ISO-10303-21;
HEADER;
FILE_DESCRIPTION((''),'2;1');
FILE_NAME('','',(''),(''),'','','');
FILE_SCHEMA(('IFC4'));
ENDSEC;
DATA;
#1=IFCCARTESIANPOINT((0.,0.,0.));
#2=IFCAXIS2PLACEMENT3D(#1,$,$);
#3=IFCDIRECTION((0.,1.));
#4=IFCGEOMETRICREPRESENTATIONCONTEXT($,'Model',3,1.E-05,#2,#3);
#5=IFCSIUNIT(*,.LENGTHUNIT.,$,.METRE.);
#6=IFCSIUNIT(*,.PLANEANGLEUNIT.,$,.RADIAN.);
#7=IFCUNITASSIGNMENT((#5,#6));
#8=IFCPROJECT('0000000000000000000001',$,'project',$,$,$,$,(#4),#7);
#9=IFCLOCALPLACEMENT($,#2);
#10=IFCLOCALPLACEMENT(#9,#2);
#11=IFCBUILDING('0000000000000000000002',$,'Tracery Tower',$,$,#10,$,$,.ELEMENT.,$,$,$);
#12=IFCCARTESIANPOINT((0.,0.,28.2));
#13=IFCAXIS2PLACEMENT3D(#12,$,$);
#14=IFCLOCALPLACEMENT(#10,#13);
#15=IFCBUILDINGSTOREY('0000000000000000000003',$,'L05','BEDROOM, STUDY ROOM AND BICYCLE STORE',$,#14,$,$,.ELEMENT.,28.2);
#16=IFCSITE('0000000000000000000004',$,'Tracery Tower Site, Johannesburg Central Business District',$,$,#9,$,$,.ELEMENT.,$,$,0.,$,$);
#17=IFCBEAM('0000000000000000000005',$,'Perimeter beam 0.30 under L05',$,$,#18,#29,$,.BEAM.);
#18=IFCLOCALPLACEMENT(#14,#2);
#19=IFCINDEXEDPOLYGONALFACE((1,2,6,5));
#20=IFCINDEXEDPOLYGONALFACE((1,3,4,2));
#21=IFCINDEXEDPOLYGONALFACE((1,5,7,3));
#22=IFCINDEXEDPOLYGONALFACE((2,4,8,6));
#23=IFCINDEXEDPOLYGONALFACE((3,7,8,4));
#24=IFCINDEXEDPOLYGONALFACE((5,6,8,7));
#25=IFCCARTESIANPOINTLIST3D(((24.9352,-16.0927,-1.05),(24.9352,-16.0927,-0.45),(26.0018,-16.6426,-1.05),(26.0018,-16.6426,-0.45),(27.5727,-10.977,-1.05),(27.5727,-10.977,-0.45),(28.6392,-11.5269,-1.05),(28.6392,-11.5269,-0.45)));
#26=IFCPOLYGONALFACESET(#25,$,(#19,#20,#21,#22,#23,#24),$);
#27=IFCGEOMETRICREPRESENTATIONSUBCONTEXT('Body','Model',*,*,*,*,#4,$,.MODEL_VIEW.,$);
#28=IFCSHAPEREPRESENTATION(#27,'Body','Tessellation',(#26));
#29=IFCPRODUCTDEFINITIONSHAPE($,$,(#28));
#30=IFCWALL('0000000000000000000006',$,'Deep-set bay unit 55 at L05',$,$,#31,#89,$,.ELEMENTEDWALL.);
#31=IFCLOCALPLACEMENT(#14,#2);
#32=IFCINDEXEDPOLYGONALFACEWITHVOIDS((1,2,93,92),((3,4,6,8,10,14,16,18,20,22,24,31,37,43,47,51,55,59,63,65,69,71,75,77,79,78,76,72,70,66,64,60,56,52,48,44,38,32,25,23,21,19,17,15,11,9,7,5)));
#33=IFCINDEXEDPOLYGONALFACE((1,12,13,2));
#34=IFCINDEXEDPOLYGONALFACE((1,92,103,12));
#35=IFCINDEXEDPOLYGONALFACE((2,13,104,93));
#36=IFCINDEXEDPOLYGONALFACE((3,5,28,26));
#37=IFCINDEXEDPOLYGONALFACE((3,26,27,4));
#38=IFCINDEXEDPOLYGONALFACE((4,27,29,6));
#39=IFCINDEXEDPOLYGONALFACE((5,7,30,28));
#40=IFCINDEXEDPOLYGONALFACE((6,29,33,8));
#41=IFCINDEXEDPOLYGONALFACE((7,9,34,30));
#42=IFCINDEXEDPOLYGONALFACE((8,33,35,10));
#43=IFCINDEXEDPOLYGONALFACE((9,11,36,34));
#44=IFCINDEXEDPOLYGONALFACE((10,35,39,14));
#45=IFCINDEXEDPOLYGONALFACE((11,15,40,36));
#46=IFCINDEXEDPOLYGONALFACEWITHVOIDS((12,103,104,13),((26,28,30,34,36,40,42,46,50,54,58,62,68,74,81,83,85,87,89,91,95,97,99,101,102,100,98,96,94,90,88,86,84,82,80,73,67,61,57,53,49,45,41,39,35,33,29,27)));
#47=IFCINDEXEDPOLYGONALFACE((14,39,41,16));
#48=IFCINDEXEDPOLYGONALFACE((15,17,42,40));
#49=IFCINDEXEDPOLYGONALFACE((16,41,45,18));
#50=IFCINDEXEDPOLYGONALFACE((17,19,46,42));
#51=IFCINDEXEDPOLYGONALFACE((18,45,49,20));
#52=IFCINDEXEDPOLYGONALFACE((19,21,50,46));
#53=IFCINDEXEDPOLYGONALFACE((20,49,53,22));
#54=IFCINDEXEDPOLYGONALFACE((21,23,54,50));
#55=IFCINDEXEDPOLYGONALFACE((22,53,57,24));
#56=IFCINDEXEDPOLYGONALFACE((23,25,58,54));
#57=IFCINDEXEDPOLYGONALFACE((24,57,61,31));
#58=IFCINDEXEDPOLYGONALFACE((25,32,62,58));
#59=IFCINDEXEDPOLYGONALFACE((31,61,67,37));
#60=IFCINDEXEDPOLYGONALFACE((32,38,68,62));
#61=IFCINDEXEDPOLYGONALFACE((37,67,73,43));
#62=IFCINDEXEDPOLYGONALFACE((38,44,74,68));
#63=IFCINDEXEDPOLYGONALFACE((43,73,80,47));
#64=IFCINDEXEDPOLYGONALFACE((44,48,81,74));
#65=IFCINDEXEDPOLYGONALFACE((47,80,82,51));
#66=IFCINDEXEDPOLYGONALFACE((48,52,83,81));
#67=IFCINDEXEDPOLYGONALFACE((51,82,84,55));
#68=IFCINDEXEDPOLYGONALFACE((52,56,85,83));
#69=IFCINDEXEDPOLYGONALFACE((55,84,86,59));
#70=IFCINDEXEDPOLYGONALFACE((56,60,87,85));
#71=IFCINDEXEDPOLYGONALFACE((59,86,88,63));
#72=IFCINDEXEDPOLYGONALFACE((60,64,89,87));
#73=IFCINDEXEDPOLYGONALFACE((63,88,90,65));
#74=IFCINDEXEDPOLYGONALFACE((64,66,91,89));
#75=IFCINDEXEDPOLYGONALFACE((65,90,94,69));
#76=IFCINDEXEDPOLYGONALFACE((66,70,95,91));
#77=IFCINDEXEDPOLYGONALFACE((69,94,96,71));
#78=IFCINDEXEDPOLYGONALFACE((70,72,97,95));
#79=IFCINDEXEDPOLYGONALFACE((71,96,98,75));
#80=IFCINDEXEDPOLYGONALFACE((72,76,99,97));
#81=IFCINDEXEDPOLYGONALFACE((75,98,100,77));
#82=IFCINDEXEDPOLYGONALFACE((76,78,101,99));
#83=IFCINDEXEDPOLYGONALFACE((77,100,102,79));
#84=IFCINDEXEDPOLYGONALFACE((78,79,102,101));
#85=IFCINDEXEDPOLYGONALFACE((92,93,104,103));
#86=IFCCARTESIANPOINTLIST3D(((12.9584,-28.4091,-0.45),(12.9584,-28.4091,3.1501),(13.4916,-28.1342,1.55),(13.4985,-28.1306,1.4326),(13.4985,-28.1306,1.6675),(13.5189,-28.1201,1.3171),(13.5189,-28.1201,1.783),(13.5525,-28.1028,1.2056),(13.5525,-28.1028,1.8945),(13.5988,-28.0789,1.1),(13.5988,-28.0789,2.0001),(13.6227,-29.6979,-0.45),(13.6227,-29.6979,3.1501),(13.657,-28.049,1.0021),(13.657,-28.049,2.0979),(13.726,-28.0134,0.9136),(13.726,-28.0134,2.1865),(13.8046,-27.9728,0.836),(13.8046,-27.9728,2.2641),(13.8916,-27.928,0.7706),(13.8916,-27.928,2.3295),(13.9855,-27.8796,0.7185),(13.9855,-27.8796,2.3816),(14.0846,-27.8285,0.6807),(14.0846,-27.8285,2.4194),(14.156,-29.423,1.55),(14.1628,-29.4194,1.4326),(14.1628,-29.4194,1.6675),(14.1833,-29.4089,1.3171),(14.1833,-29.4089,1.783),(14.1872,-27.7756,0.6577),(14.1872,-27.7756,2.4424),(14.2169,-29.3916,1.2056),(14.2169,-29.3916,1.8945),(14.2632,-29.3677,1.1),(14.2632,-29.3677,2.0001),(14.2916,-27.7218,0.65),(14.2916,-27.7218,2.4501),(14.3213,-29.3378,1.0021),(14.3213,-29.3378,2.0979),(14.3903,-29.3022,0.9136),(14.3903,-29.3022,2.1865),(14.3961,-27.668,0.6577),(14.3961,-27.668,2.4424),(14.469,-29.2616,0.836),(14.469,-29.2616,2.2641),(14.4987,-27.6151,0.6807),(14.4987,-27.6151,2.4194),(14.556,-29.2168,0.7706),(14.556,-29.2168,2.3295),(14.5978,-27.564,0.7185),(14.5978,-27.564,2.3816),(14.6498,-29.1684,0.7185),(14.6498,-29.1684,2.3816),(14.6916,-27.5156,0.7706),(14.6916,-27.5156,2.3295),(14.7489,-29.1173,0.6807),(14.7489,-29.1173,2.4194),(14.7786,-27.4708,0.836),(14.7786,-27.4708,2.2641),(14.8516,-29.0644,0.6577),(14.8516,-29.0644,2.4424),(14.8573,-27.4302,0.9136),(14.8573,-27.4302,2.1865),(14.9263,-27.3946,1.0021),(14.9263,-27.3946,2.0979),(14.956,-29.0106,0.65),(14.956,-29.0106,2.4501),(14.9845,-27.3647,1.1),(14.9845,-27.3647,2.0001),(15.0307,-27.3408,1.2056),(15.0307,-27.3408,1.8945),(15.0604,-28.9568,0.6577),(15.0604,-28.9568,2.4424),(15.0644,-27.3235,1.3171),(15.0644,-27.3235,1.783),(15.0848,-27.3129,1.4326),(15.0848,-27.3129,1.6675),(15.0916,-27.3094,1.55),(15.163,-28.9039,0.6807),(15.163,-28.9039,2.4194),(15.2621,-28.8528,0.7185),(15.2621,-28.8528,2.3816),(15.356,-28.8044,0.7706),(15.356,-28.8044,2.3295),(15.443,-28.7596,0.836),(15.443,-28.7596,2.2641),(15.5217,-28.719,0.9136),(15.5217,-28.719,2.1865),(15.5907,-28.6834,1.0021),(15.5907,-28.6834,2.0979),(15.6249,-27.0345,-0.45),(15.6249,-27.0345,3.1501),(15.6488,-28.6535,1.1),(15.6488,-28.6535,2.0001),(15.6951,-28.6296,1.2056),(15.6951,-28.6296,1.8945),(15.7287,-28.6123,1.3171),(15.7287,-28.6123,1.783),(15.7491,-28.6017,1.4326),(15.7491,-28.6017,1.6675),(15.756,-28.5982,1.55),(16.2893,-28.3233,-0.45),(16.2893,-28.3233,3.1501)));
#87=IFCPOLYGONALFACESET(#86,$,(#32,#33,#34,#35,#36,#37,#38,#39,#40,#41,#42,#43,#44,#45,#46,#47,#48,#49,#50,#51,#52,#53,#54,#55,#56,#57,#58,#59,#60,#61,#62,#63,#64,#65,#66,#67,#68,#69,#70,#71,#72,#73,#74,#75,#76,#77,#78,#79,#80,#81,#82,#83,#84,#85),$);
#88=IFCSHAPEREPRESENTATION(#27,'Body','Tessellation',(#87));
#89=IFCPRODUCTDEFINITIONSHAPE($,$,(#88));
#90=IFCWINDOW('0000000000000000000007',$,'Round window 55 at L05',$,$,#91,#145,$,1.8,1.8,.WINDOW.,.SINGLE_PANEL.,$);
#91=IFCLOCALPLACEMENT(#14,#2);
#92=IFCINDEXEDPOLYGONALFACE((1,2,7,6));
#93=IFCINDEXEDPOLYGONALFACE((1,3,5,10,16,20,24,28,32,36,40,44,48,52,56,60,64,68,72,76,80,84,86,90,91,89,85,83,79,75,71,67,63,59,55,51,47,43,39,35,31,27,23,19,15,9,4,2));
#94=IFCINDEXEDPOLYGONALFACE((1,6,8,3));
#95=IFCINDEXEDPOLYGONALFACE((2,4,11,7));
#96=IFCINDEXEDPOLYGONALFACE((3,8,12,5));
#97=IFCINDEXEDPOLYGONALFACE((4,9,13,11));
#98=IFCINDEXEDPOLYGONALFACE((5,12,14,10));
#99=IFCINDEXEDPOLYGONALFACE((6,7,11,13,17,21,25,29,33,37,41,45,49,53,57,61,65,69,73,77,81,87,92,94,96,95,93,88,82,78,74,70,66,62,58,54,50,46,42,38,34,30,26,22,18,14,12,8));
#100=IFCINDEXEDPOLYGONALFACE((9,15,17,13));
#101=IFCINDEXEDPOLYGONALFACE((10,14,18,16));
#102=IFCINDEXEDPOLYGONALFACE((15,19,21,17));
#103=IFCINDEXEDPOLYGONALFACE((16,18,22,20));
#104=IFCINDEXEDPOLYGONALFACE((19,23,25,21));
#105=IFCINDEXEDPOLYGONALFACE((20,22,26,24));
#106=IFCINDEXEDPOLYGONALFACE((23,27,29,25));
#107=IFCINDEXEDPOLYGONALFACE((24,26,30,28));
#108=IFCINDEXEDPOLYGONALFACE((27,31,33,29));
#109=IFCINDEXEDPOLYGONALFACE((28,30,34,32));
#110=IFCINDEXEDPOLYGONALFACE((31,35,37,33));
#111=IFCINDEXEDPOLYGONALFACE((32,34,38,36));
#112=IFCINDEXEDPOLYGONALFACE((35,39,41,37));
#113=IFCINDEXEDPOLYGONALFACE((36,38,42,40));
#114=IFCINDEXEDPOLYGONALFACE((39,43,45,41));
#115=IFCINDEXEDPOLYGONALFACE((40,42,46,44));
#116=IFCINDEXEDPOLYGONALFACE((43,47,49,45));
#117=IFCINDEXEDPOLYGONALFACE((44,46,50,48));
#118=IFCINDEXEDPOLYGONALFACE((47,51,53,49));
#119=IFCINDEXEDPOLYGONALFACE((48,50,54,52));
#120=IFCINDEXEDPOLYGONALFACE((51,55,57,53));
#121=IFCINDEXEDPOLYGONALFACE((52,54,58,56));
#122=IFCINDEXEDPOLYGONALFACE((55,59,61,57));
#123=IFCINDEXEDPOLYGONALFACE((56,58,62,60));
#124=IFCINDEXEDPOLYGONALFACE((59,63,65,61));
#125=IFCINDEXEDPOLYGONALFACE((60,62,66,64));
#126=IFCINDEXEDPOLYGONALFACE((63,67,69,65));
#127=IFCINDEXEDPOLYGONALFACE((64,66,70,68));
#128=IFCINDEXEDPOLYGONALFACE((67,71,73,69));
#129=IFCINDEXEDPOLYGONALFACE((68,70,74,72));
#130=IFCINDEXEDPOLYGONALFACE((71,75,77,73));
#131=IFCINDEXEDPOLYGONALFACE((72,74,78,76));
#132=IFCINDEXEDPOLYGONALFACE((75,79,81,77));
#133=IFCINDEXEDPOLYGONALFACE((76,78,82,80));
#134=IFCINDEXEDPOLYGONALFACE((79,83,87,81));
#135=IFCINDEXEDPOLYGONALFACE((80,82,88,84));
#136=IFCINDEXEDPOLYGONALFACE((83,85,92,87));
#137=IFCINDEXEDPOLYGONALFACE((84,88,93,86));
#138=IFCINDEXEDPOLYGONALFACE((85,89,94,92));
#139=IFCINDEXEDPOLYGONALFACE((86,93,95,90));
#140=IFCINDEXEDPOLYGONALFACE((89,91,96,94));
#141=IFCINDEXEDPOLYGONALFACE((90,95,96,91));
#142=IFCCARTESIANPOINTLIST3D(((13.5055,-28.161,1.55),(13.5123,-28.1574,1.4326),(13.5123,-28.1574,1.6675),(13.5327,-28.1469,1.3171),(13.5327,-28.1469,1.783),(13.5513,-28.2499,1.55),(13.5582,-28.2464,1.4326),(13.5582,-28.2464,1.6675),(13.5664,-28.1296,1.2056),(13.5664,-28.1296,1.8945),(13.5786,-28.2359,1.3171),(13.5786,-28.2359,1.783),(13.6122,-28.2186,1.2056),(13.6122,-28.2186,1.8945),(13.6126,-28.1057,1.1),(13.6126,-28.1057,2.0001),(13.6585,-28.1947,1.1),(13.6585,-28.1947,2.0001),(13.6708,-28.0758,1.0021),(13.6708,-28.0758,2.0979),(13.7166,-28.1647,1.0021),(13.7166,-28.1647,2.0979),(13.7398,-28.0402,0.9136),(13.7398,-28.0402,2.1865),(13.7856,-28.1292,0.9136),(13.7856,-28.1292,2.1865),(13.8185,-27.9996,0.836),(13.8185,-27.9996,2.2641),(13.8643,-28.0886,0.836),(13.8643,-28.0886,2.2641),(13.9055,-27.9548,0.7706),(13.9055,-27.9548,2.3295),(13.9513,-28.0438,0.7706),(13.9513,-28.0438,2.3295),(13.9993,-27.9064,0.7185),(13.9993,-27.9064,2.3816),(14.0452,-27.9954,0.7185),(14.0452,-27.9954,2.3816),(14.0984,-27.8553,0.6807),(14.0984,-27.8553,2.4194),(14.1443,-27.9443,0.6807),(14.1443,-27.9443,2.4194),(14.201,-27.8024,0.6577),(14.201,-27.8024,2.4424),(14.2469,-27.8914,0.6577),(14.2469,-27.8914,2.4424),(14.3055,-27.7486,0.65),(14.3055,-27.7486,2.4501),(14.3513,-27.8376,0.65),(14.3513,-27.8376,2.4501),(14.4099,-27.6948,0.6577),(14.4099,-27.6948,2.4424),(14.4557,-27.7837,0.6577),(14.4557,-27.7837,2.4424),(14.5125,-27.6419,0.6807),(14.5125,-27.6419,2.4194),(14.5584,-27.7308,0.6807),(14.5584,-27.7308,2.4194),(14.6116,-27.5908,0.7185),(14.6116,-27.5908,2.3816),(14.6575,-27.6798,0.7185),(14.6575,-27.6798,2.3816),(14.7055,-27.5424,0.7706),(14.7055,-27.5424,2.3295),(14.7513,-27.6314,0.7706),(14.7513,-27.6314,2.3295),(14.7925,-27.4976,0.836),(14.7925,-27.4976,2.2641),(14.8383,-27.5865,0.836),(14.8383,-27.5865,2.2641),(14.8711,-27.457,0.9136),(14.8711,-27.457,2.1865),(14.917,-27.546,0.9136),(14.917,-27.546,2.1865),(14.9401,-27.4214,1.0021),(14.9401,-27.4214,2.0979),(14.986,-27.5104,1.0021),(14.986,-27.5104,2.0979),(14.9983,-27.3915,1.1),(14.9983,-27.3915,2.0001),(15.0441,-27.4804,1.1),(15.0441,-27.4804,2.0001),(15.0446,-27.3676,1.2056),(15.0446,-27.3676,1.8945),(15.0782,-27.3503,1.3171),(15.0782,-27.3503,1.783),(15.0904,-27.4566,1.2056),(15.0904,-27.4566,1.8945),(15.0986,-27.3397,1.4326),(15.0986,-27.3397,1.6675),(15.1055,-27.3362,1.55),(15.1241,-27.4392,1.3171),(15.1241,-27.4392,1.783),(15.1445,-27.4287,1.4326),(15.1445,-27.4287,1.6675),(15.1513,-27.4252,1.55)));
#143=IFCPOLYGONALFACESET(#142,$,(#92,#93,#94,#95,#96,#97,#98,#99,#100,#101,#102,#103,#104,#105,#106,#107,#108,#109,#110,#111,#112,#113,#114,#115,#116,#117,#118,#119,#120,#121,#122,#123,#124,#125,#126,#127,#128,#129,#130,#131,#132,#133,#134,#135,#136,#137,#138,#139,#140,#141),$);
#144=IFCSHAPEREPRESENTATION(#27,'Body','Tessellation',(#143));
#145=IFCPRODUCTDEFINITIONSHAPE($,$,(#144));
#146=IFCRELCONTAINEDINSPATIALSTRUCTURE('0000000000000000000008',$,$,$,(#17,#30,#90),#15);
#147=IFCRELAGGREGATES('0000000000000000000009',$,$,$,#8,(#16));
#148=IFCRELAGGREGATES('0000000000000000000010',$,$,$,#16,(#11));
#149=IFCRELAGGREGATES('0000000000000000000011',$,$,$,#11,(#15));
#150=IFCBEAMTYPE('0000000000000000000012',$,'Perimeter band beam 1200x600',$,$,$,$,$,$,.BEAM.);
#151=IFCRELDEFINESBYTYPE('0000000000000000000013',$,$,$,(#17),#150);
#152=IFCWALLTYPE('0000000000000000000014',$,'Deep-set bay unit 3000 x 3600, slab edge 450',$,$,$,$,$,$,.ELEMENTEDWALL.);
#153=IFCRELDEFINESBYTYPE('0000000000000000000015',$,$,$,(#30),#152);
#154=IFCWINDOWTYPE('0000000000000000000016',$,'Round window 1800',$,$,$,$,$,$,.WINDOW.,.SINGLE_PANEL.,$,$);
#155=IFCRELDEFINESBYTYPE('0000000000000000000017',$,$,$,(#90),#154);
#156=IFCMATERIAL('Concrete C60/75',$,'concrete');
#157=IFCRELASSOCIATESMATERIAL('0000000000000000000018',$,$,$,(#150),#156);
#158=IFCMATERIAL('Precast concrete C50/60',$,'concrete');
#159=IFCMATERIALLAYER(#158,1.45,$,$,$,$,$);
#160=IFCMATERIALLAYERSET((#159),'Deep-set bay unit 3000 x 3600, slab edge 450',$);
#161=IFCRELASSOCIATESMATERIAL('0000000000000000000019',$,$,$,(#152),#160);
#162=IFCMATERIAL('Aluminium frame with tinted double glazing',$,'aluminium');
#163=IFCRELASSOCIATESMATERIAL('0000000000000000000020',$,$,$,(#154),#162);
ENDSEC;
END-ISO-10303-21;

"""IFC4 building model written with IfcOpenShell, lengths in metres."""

from ifc_helpers import new_model, si_unit, direction, frame, frame_2d, origin, origin_2d, place, context, subcontext, project, spatial, rectangle, circle, extrude, material, layer, layer_set, material_profile, profile_set, type_object, element, fill, save


model = new_model("IFC4")

# Units and contexts
model_context = context("Model", 3, precision=1e-05, world=origin(), true_north=direction((0.0, 1.0)))
body_context = subcontext(model_context, "Body", "Model", "MODEL_VIEW")
ifc_project = project(units=[si_unit("LENGTHUNIT", "METRE"), si_unit("PLANEANGLEUNIT", "RADIAN")], contexts=[model_context])

# Site, building, storey
site_placement = place(None, origin())
site = spatial("IfcSite", under=ifc_project, at=site_placement, Name="Tracery Tower Site, Johannesburg Central Business District", CompositionType="ELEMENT", RefElevation=0.0)
building_placement = place(site_placement, origin())
building = spatial("IfcBuilding", under=site, at=building_placement, Name="Tracery Tower", CompositionType="ELEMENT")
storey_placement = place(building_placement, frame((0.0, 0.0, 28.2)))
storey = spatial("IfcBuildingStorey", under=building, at=storey_placement, Name="L05", Description="BEDROOM, STUDY ROOM AND BICYCLE STORE", CompositionType="ELEMENT", Elevation=28.2)

# Beam
ifc_material_1 = material(Name="Concrete C60/75", Category="concrete")
ifc_material_profile_1 = material_profile(ifc_material_1, rectangle(XDim=1.2, YDim=0.6001, at=origin_2d()), Name="RC 1200x600")
ifc_profile_set_1 = profile_set([ifc_material_profile_1], Name="Concrete C60/75")
beam_type_1 = type_object("IfcBeamType", Name="Perimeter band beam 1200x600", PredefinedType="BEAM", material=ifc_profile_set_1)
beam_1_placement = place(storey_placement, frame((25.4685, -16.3677, -0.75), z_axis=(0.458242, 0.888827, 0.0), x_axis=(-0.888827, 0.458242, 0.0)))
element("IfcBeam", 1, at=beam_1_placement, inside=storey, type_object=beam_type_1, Name="Perimeter beam 0.30 under L05", PredefinedType="BEAM", context=body_context, shape_type="SweptSolid", body=[
    extrude(rectangle(XDim=1.2, YDim=0.6001, at=origin_2d()), origin(), (0.0, 0.0, 1.0), 5.7556),
])

# Wall, opening, window
ifc_material_2 = material(Name="Precast concrete C50/60", Category="concrete")
ifc_layer_1 = layer(ifc_material_2, 1.45)
ifc_layer_set_1 = layer_set([ifc_layer_1], Name="Deep-set bay unit 3000 x 3600, slab edge 450")
wall_type_1 = type_object("IfcWallType", Name="Deep-set bay unit 3000 x 3600, slab edge 450", PredefinedType="ELEMENTEDWALL", material=ifc_layer_set_1)
wall_1_placement = place(storey_placement, frame((13.2905, -29.0535, -0.45), z_axis=(0.0, 0.0, 1.0), x_axis=(0.888858, 0.458183, 0.0)))
wall_1 = element("IfcWall", 2, at=wall_1_placement, inside=storey, type_object=wall_type_1, Name="Deep-set bay unit 55 at L05", PredefinedType="ELEMENTEDWALL", context=body_context, shape_type="SweptSolid", body=[
    extrude(rectangle(XDim=3.0, YDim=1.45, at=frame_2d((1.5, 0.0))), origin(), (0.0, 0.0, 1.0), 3.6001),
])
opening_1_placement = place(wall_1_placement, frame((1.5, 0.0, 2.0)))
opening_1 = element("IfcOpeningElement", 3, at=opening_1_placement, cuts=wall_1, PredefinedType="OPENING", context=body_context, shape_type="SweptSolid", body=[
    extrude(circle(Radius=0.9, at=origin_2d()), frame((0.0, 0.7349, 0.0), z_axis=(0.0, -1.0, 0.0), x_axis=(1.0, 0.0, 0.0)), (0.0, 0.0, 1.0), 1.47),
])
ifc_material_3 = material(Name="Aluminium frame with tinted double glazing", Category="aluminium")
window_type = type_object("IfcWindowType", Name="Round window 1800", PartitioningType="SINGLE_PANEL", PredefinedType="WINDOW", material=ifc_material_3)
window_1_placement = place(opening_1_placement, origin())
window_1 = element("IfcWindow", 4, at=window_1_placement, inside=storey, type_object=window_type, Name="Round window 55 at L05", OverallHeight=1.8, OverallWidth=1.8, PartitioningType="SINGLE_PANEL", PredefinedType="WINDOW", context=body_context, shape_type="SweptSolid", body=[
    extrude(circle(Radius=0.9, at=origin_2d()), frame((0.0, 0.6948, 0.0), z_axis=(0.0, -1.0, 0.0), x_axis=(1.0, 0.0, 0.0)), (0.0, 0.0, 1.0), 0.1001),
])
fill(opening_1, window_1)

save(model, "model.ifc")
